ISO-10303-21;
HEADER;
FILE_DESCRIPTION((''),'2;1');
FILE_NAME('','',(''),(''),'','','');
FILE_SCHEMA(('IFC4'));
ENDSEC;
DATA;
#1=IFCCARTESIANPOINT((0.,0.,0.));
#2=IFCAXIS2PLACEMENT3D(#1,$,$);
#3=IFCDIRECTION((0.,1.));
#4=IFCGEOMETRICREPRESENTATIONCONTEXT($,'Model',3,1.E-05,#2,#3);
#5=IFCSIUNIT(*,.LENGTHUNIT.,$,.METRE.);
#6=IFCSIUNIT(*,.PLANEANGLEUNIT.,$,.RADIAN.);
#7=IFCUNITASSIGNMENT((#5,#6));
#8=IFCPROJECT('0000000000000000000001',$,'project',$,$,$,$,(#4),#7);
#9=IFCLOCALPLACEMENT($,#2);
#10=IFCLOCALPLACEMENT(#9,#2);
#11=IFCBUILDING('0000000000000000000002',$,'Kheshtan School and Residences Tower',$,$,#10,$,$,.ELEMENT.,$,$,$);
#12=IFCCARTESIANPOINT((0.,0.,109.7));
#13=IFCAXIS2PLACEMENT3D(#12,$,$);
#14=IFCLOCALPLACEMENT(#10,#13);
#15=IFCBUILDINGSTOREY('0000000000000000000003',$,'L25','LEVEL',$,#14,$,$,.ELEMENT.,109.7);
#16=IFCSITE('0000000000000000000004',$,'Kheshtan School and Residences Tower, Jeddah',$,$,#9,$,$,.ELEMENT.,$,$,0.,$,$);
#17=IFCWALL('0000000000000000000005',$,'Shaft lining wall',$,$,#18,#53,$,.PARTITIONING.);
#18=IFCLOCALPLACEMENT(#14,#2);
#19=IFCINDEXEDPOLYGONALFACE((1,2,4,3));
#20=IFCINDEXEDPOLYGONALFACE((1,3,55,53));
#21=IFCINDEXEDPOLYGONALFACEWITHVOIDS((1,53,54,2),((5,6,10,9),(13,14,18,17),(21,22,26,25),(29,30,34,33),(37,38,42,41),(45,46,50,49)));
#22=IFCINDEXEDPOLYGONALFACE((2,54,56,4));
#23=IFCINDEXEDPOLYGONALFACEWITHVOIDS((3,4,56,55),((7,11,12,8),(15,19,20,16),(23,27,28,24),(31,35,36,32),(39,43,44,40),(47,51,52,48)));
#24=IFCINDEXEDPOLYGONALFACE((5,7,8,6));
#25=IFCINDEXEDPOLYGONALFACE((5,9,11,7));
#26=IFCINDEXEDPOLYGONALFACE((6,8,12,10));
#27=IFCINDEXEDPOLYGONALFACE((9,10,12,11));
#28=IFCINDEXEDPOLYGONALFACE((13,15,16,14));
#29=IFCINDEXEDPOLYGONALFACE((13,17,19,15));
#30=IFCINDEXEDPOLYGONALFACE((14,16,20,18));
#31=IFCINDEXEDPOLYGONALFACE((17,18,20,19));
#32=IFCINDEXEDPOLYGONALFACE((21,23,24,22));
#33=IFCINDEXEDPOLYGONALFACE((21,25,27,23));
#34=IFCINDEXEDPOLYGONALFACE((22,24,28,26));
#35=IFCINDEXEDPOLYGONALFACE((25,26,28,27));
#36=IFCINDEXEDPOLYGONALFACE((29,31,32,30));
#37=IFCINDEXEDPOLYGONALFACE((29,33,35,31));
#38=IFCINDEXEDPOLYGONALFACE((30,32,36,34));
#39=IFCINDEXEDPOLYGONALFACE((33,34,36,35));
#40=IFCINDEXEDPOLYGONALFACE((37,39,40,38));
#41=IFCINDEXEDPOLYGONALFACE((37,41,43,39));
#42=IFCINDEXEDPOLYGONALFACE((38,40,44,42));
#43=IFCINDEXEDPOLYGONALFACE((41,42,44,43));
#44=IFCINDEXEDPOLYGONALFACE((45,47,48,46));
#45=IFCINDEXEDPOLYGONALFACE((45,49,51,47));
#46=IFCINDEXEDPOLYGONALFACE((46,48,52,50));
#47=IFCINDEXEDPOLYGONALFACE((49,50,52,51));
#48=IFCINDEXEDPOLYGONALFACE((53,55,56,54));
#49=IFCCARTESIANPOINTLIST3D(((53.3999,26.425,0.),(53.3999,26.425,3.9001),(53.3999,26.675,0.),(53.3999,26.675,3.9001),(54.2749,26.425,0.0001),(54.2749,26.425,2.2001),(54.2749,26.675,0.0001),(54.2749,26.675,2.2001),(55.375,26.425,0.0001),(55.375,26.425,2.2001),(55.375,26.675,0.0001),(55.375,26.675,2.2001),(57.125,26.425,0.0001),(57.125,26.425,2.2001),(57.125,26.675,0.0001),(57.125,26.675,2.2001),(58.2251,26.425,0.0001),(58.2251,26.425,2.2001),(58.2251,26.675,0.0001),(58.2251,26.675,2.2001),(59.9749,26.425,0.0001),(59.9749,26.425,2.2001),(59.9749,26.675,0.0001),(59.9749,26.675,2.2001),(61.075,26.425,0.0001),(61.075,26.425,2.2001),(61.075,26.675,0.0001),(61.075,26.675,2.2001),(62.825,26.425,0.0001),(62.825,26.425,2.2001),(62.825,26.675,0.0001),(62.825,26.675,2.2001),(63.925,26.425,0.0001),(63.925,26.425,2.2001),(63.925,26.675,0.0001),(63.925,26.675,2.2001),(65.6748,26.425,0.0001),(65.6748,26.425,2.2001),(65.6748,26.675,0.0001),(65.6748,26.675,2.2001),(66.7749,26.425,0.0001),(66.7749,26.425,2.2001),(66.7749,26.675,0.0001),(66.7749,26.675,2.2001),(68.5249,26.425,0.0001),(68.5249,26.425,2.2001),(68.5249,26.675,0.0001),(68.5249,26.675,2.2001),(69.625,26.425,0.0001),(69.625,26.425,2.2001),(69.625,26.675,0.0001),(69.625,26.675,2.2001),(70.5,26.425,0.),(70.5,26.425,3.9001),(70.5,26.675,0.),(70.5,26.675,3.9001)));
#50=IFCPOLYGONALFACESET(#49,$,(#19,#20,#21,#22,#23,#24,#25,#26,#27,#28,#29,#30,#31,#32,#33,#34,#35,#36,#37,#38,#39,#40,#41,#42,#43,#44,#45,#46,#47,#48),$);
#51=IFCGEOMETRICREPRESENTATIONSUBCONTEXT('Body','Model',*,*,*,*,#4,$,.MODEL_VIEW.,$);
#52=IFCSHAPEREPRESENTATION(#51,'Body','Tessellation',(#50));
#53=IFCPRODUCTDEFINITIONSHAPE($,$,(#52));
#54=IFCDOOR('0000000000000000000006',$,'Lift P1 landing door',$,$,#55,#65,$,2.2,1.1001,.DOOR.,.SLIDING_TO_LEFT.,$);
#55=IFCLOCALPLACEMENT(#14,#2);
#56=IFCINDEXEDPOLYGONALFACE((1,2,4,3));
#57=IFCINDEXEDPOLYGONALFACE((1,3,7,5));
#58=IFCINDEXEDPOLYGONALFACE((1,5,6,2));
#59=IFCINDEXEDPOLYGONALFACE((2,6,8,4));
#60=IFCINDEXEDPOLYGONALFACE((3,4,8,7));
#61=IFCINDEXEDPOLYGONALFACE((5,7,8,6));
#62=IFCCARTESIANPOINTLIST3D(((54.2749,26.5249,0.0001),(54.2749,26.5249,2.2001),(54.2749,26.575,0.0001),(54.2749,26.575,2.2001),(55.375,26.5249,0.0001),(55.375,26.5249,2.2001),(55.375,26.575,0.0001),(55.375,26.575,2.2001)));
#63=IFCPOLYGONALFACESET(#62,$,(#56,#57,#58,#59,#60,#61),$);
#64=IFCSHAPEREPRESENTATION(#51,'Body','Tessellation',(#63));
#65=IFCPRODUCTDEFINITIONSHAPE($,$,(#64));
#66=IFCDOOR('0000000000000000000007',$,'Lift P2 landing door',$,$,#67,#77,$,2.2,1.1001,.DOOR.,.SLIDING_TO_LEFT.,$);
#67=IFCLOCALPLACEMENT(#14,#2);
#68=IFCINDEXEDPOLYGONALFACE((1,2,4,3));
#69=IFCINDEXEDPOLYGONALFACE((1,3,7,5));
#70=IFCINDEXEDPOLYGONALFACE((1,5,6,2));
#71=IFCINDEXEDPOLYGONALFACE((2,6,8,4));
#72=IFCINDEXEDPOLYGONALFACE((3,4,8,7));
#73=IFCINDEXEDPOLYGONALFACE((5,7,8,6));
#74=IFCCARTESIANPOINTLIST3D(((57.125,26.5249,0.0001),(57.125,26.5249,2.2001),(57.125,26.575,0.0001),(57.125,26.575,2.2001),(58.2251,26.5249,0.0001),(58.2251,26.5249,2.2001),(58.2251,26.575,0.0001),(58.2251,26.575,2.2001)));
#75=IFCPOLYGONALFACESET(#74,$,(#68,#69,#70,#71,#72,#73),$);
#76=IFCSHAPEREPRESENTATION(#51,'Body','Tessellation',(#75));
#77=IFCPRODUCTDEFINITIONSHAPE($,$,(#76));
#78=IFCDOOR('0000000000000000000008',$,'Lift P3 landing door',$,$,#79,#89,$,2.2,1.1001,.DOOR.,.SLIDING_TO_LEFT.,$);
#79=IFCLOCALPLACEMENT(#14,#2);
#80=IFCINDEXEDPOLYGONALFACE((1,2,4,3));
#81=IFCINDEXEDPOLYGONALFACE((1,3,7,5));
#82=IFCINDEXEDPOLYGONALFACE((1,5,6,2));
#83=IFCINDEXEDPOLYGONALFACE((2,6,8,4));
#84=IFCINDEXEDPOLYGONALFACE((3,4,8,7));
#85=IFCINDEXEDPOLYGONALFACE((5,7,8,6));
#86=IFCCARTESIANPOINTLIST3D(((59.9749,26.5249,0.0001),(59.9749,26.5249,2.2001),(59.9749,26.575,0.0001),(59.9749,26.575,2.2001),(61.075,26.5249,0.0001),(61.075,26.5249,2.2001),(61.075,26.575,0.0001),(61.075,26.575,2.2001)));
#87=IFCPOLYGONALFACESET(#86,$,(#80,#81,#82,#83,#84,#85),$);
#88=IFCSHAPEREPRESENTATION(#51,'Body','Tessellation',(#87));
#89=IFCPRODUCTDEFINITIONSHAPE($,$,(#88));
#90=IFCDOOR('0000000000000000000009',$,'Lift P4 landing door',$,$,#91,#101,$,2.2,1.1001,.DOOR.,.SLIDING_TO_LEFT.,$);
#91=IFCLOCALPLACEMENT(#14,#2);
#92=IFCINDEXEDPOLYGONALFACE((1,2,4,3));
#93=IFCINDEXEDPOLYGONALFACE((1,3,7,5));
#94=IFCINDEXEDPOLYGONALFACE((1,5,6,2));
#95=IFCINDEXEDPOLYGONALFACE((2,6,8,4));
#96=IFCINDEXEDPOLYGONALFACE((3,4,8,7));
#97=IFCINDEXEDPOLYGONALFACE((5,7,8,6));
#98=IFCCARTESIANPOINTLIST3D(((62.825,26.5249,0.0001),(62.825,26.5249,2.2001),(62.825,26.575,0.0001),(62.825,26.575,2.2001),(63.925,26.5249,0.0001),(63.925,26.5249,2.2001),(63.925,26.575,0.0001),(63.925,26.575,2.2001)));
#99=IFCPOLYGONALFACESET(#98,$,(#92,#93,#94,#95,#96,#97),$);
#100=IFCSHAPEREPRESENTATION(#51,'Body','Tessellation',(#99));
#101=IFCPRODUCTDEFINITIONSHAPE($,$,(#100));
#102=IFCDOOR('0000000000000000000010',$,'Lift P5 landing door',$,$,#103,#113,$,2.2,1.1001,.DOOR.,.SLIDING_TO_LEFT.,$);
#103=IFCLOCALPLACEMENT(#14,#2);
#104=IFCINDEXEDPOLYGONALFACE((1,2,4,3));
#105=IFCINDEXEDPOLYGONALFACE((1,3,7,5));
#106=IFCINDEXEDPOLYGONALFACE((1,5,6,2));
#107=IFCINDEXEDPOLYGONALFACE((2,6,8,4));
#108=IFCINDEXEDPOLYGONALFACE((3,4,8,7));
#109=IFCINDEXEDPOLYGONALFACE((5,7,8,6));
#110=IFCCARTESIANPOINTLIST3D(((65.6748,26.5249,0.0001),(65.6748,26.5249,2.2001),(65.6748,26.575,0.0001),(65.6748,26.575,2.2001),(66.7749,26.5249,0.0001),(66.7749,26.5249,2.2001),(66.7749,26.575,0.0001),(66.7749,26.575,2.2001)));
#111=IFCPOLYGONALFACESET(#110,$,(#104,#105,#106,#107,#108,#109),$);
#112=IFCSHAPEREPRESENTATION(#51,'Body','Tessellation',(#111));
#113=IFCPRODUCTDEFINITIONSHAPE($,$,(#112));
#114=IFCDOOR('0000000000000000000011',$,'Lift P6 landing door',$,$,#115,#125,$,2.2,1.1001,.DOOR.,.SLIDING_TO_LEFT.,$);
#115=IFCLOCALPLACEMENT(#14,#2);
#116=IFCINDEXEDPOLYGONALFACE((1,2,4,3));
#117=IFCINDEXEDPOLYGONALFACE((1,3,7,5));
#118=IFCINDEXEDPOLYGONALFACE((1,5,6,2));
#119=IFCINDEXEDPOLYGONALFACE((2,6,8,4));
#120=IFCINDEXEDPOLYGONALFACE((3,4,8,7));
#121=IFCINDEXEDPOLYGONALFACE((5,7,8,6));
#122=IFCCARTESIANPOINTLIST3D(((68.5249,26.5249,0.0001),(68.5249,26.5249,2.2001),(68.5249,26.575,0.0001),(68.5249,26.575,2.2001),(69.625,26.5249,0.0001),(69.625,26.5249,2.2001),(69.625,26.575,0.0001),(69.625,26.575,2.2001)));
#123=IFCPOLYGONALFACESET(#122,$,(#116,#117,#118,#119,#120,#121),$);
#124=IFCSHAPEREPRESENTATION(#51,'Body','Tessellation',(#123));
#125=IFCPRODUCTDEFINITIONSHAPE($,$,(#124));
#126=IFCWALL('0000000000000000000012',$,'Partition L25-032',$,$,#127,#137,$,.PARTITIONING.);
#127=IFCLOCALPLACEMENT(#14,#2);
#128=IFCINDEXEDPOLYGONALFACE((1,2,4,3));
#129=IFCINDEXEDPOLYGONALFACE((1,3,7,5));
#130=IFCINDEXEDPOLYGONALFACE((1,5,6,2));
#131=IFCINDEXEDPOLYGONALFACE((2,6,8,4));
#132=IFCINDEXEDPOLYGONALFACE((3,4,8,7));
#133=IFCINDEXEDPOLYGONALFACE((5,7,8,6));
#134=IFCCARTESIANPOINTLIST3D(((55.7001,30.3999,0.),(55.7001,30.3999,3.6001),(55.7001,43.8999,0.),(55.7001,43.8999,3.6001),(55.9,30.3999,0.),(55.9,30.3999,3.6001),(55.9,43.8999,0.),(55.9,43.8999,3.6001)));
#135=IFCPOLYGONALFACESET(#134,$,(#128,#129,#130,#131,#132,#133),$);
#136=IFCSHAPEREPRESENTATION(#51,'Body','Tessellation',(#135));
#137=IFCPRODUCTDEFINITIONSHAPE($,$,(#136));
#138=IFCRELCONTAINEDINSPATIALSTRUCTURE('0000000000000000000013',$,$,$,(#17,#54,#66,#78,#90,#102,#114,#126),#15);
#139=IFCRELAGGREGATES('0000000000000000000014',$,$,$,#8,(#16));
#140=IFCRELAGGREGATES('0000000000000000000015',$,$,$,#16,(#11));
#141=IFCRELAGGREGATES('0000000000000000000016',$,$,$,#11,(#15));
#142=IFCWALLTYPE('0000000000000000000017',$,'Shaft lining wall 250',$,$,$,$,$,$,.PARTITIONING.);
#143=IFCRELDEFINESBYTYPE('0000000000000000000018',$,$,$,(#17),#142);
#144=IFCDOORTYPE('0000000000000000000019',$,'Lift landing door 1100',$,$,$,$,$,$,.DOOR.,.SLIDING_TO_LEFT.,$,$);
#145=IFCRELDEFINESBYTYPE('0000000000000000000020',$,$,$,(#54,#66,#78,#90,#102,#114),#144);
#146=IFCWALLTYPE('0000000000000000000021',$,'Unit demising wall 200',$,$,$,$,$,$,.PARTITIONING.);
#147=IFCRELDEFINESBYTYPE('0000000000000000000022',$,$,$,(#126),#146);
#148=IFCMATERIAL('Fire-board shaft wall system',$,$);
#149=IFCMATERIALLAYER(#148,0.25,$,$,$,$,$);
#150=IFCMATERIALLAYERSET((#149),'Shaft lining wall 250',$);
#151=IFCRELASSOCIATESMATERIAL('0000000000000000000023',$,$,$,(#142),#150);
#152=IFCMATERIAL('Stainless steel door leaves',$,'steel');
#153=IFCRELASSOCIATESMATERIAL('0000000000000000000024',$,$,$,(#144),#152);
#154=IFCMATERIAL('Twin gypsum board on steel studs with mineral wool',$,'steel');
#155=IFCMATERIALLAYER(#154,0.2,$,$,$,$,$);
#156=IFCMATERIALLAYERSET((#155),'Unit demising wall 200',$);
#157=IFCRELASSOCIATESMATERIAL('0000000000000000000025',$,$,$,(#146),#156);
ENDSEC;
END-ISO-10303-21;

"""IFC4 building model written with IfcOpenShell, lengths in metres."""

from ifc_helpers import new_model, si_unit, direction, frame, frame_2d, origin, place, context, subcontext, project, spatial, rectangle, extrude, source, transform, mapped, material, layer, layer_set, type_object, element, fill, save


model = new_model("IFC4")

# Units and contexts
model_context = context("Model", 3, precision=1e-05, world=origin(), true_north=direction((0.0, 1.0)))
body_context = subcontext(model_context, "Body", "Model", "MODEL_VIEW")
ifc_project = project(units=[si_unit("LENGTHUNIT", "METRE"), si_unit("PLANEANGLEUNIT", "RADIAN")], contexts=[model_context])

# Site, building, storey
site_placement = place(None, origin())
site = spatial("IfcSite", under=ifc_project, at=site_placement, Name="Kheshtan School and Residences Tower, Jeddah", CompositionType="ELEMENT", RefElevation=0.0)
building_placement = place(site_placement, origin())
building = spatial("IfcBuilding", under=site, at=building_placement, Name="Kheshtan School and Residences Tower", CompositionType="ELEMENT")
storey_placement = place(building_placement, frame((0.0, 0.0, 109.7)))
storey = spatial("IfcBuildingStorey", under=building, at=storey_placement, Name="L25", Description="LEVEL", CompositionType="ELEMENT", Elevation=109.7)

# Shared definitions
ifc_material_1 = material(Name="Fire-board shaft wall system")
ifc_layer_1 = layer(ifc_material_1, 0.25)
ifc_layer_set_1 = layer_set([ifc_layer_1], Name="Shaft lining wall 250")
wall_type_1 = type_object("IfcWallType", Name="Shaft lining wall 250", PredefinedType="PARTITIONING", material=ifc_layer_set_1)

# Wall, openings, doors
wall_1_placement = place(storey_placement, frame((53.3999, 26.55, 0.0), z_axis=(0.0, 0.0, 1.0), x_axis=(1.0, 0.0, 0.0)))
wall_1 = element("IfcWall", 1, at=wall_1_placement, inside=storey, type_object=wall_type_1, Name="Shaft lining wall", PredefinedType="PARTITIONING", context=body_context, shape_type="SweptSolid", body=[
    extrude(rectangle(XDim=17.1001, YDim=0.25, at=frame_2d((8.55, 0.0))), origin(), (0.0, 0.0, 1.0), 3.9001),
])
opening_1_placement = place(wall_1_placement, frame((0.875, 0.0, 0.0)))
opening_1 = element("IfcOpeningElement", 2, at=opening_1_placement, cuts=wall_1, PredefinedType="OPENING", context=body_context, shape_type="SweptSolid", body=[
    extrude(rectangle(XDim=1.1001, YDim=2.2, at=frame_2d((0.55, 1.1001))), frame((0.0, 0.135, 0.0), z_axis=(0.0, -1.0, 0.0), x_axis=(1.0, 0.0, 0.0)), (0.0, 0.0, 1.0), 0.27),
])
opening_2_placement = place(wall_1_placement, frame((3.7251, 0.0, 0.0)))
opening_2 = element("IfcOpeningElement", 3, at=opening_2_placement, cuts=wall_1, PredefinedType="OPENING", context=body_context, shape_type="SweptSolid", body=[
    extrude(rectangle(XDim=1.1001, YDim=2.2, at=frame_2d((0.55, 1.1001))), frame((0.0, 0.135, 0.0), z_axis=(0.0, -1.0, 0.0), x_axis=(1.0, 0.0, 0.0)), (0.0, 0.0, 1.0), 0.27),
])
opening_3_placement = place(wall_1_placement, frame((6.575, 0.0, 0.0)))
opening_3 = element("IfcOpeningElement", 4, at=opening_3_placement, cuts=wall_1, PredefinedType="OPENING", context=body_context, shape_type="SweptSolid", body=[
    extrude(rectangle(XDim=1.1001, YDim=2.2, at=frame_2d((0.55, 1.1001))), frame((0.0, 0.135, 0.0), z_axis=(0.0, -1.0, 0.0), x_axis=(1.0, 0.0, 0.0)), (0.0, 0.0, 1.0), 0.27),
])
opening_4_placement = place(wall_1_placement, frame((9.425, 0.0, 0.0)))
opening_4 = element("IfcOpeningElement", 5, at=opening_4_placement, cuts=wall_1, PredefinedType="OPENING", context=body_context, shape_type="SweptSolid", body=[
    extrude(rectangle(XDim=1.1001, YDim=2.2, at=frame_2d((0.55, 1.1001))), frame((0.0, 0.135, 0.0), z_axis=(0.0, -1.0, 0.0), x_axis=(1.0, 0.0, 0.0)), (0.0, 0.0, 1.0), 0.27),
])
opening_5_placement = place(wall_1_placement, frame((12.2749, 0.0, 0.0)))
opening_5 = element("IfcOpeningElement", 6, at=opening_5_placement, cuts=wall_1, PredefinedType="OPENING", context=body_context, shape_type="SweptSolid", body=[
    extrude(rectangle(XDim=1.1001, YDim=2.2, at=frame_2d((0.55, 1.1001))), frame((0.0, 0.135, 0.0), z_axis=(0.0, -1.0, 0.0), x_axis=(1.0, 0.0, 0.0)), (0.0, 0.0, 1.0), 0.27),
])
opening_6_placement = place(wall_1_placement, frame((15.125, 0.0, 0.0)))
opening_6 = element("IfcOpeningElement", 7, at=opening_6_placement, cuts=wall_1, PredefinedType="OPENING", context=body_context, shape_type="SweptSolid", body=[
    extrude(rectangle(XDim=1.1001, YDim=2.2, at=frame_2d((0.55, 1.1001))), frame((0.0, 0.135, 0.0), z_axis=(0.0, -1.0, 0.0), x_axis=(1.0, 0.0, 0.0)), (0.0, 0.0, 1.0), 0.27),
])
ifc_material_2 = material(Name="Stainless steel door leaves", Category="steel")
door_type_1 = type_object("IfcDoorType", Name="Lift landing door 1100", OperationType="SLIDING_TO_LEFT", PredefinedType="DOOR", material=ifc_material_2)
shared_shape_1 = source(origin(), body_context, "Body", "SweptSolid", [
    extrude(rectangle(XDim=1.1001, YDim=2.2, at=frame_2d((0.55, 1.1001))), frame((0.0, 0.0249, 0.0), z_axis=(0.0, -1.0, 0.0), x_axis=(1.0, 0.0, 0.0)), (0.0, 0.0, 1.0), 0.05),
])
door_1_placement = place(opening_1_placement, origin())
door_1 = element("IfcDoor", 8, at=door_1_placement, inside=storey, type_object=door_type_1, Name="Lift P1 landing door", OperationType="SLIDING_TO_LEFT", OverallHeight=2.2, OverallWidth=1.1001, PredefinedType="DOOR", context=body_context, shape_type="MappedRepresentation", body=[
    mapped(shared_shape_1, transform((0.0, 0.0, 0.0), x_axis=(1.0, 0.0, 0.0), y_axis=(0.0, 1.0, 0.0), z_axis=(0.0, 0.0, 1.0), scale=1.0)),
])
fill(opening_1, door_1)
door_2_placement = place(opening_2_placement, origin())
door_2 = element("IfcDoor", 9, at=door_2_placement, inside=storey, type_object=door_type_1, Name="Lift P2 landing door", OperationType="SLIDING_TO_LEFT", OverallHeight=2.2, OverallWidth=1.1001, PredefinedType="DOOR", context=body_context, shape_type="MappedRepresentation", body=[
    mapped(shared_shape_1, transform((0.0, 0.0, 0.0), x_axis=(1.0, 0.0, 0.0), y_axis=(0.0, 1.0, 0.0), z_axis=(0.0, 0.0, 1.0), scale=1.0)),
])
fill(opening_2, door_2)
door_3_placement = place(opening_3_placement, origin())
door_3 = element("IfcDoor", 10, at=door_3_placement, inside=storey, type_object=door_type_1, Name="Lift P3 landing door", OperationType="SLIDING_TO_LEFT", OverallHeight=2.2, OverallWidth=1.1001, PredefinedType="DOOR", context=body_context, shape_type="MappedRepresentation", body=[
    mapped(shared_shape_1, transform((0.0, 0.0, 0.0), x_axis=(1.0, 0.0, 0.0), y_axis=(0.0, 1.0, 0.0), z_axis=(0.0, 0.0, 1.0), scale=1.0)),
])
fill(opening_3, door_3)
door_4_placement = place(opening_4_placement, origin())
door_4 = element("IfcDoor", 11, at=door_4_placement, inside=storey, type_object=door_type_1, Name="Lift P4 landing door", OperationType="SLIDING_TO_LEFT", OverallHeight=2.2, OverallWidth=1.1001, PredefinedType="DOOR", context=body_context, shape_type="MappedRepresentation", body=[
    mapped(shared_shape_1, transform((0.0, 0.0, 0.0), x_axis=(1.0, 0.0, 0.0), y_axis=(0.0, 1.0, 0.0), z_axis=(0.0, 0.0, 1.0), scale=1.0)),
])
fill(opening_4, door_4)
door_5_placement = place(opening_5_placement, origin())
door_5 = element("IfcDoor", 12, at=door_5_placement, inside=storey, type_object=door_type_1, Name="Lift P5 landing door", OperationType="SLIDING_TO_LEFT", OverallHeight=2.2, OverallWidth=1.1001, PredefinedType="DOOR", context=body_context, shape_type="MappedRepresentation", body=[
    mapped(shared_shape_1, transform((0.0, 0.0, 0.0), x_axis=(1.0, 0.0, 0.0), y_axis=(0.0, 1.0, 0.0), z_axis=(0.0, 0.0, 1.0), scale=1.0)),
])
fill(opening_5, door_5)
door_6_placement = place(opening_6_placement, origin())
door_6 = element("IfcDoor", 13, at=door_6_placement, inside=storey, type_object=door_type_1, Name="Lift P6 landing door", OperationType="SLIDING_TO_LEFT", OverallHeight=2.2, OverallWidth=1.1001, PredefinedType="DOOR", context=body_context, shape_type="MappedRepresentation", body=[
    mapped(shared_shape_1, transform((0.0, 0.0, 0.0), x_axis=(1.0, 0.0, 0.0), y_axis=(0.0, 1.0, 0.0), z_axis=(0.0, 0.0, 1.0), scale=1.0)),
])
fill(opening_6, door_6)

# Wall
ifc_material_3 = material(Name="Twin gypsum board on steel studs with mineral wool", Category="steel")
ifc_layer_2 = layer(ifc_material_3, 0.2)
ifc_layer_set_2 = layer_set([ifc_layer_2], Name="Unit demising wall 200")
wall_type_2 = type_object("IfcWallType", Name="Unit demising wall 200", PredefinedType="PARTITIONING", material=ifc_layer_set_2)
wall_2_placement = place(storey_placement, frame((55.8, 30.3999, 0.0), z_axis=(0.0, 0.0, 1.0), x_axis=(0.0, 1.0, 0.0)))
element("IfcWall", 14, at=wall_2_placement, inside=storey, type_object=wall_type_2, Name="Partition L25-032", PredefinedType="PARTITIONING", context=body_context, shape_type="SweptSolid", body=[
    extrude(rectangle(XDim=13.5, YDim=0.2, at=frame_2d((6.75, 0.0))), origin(), (0.0, 0.0, 1.0), 3.6001),
])

save(model, "model.ifc")
